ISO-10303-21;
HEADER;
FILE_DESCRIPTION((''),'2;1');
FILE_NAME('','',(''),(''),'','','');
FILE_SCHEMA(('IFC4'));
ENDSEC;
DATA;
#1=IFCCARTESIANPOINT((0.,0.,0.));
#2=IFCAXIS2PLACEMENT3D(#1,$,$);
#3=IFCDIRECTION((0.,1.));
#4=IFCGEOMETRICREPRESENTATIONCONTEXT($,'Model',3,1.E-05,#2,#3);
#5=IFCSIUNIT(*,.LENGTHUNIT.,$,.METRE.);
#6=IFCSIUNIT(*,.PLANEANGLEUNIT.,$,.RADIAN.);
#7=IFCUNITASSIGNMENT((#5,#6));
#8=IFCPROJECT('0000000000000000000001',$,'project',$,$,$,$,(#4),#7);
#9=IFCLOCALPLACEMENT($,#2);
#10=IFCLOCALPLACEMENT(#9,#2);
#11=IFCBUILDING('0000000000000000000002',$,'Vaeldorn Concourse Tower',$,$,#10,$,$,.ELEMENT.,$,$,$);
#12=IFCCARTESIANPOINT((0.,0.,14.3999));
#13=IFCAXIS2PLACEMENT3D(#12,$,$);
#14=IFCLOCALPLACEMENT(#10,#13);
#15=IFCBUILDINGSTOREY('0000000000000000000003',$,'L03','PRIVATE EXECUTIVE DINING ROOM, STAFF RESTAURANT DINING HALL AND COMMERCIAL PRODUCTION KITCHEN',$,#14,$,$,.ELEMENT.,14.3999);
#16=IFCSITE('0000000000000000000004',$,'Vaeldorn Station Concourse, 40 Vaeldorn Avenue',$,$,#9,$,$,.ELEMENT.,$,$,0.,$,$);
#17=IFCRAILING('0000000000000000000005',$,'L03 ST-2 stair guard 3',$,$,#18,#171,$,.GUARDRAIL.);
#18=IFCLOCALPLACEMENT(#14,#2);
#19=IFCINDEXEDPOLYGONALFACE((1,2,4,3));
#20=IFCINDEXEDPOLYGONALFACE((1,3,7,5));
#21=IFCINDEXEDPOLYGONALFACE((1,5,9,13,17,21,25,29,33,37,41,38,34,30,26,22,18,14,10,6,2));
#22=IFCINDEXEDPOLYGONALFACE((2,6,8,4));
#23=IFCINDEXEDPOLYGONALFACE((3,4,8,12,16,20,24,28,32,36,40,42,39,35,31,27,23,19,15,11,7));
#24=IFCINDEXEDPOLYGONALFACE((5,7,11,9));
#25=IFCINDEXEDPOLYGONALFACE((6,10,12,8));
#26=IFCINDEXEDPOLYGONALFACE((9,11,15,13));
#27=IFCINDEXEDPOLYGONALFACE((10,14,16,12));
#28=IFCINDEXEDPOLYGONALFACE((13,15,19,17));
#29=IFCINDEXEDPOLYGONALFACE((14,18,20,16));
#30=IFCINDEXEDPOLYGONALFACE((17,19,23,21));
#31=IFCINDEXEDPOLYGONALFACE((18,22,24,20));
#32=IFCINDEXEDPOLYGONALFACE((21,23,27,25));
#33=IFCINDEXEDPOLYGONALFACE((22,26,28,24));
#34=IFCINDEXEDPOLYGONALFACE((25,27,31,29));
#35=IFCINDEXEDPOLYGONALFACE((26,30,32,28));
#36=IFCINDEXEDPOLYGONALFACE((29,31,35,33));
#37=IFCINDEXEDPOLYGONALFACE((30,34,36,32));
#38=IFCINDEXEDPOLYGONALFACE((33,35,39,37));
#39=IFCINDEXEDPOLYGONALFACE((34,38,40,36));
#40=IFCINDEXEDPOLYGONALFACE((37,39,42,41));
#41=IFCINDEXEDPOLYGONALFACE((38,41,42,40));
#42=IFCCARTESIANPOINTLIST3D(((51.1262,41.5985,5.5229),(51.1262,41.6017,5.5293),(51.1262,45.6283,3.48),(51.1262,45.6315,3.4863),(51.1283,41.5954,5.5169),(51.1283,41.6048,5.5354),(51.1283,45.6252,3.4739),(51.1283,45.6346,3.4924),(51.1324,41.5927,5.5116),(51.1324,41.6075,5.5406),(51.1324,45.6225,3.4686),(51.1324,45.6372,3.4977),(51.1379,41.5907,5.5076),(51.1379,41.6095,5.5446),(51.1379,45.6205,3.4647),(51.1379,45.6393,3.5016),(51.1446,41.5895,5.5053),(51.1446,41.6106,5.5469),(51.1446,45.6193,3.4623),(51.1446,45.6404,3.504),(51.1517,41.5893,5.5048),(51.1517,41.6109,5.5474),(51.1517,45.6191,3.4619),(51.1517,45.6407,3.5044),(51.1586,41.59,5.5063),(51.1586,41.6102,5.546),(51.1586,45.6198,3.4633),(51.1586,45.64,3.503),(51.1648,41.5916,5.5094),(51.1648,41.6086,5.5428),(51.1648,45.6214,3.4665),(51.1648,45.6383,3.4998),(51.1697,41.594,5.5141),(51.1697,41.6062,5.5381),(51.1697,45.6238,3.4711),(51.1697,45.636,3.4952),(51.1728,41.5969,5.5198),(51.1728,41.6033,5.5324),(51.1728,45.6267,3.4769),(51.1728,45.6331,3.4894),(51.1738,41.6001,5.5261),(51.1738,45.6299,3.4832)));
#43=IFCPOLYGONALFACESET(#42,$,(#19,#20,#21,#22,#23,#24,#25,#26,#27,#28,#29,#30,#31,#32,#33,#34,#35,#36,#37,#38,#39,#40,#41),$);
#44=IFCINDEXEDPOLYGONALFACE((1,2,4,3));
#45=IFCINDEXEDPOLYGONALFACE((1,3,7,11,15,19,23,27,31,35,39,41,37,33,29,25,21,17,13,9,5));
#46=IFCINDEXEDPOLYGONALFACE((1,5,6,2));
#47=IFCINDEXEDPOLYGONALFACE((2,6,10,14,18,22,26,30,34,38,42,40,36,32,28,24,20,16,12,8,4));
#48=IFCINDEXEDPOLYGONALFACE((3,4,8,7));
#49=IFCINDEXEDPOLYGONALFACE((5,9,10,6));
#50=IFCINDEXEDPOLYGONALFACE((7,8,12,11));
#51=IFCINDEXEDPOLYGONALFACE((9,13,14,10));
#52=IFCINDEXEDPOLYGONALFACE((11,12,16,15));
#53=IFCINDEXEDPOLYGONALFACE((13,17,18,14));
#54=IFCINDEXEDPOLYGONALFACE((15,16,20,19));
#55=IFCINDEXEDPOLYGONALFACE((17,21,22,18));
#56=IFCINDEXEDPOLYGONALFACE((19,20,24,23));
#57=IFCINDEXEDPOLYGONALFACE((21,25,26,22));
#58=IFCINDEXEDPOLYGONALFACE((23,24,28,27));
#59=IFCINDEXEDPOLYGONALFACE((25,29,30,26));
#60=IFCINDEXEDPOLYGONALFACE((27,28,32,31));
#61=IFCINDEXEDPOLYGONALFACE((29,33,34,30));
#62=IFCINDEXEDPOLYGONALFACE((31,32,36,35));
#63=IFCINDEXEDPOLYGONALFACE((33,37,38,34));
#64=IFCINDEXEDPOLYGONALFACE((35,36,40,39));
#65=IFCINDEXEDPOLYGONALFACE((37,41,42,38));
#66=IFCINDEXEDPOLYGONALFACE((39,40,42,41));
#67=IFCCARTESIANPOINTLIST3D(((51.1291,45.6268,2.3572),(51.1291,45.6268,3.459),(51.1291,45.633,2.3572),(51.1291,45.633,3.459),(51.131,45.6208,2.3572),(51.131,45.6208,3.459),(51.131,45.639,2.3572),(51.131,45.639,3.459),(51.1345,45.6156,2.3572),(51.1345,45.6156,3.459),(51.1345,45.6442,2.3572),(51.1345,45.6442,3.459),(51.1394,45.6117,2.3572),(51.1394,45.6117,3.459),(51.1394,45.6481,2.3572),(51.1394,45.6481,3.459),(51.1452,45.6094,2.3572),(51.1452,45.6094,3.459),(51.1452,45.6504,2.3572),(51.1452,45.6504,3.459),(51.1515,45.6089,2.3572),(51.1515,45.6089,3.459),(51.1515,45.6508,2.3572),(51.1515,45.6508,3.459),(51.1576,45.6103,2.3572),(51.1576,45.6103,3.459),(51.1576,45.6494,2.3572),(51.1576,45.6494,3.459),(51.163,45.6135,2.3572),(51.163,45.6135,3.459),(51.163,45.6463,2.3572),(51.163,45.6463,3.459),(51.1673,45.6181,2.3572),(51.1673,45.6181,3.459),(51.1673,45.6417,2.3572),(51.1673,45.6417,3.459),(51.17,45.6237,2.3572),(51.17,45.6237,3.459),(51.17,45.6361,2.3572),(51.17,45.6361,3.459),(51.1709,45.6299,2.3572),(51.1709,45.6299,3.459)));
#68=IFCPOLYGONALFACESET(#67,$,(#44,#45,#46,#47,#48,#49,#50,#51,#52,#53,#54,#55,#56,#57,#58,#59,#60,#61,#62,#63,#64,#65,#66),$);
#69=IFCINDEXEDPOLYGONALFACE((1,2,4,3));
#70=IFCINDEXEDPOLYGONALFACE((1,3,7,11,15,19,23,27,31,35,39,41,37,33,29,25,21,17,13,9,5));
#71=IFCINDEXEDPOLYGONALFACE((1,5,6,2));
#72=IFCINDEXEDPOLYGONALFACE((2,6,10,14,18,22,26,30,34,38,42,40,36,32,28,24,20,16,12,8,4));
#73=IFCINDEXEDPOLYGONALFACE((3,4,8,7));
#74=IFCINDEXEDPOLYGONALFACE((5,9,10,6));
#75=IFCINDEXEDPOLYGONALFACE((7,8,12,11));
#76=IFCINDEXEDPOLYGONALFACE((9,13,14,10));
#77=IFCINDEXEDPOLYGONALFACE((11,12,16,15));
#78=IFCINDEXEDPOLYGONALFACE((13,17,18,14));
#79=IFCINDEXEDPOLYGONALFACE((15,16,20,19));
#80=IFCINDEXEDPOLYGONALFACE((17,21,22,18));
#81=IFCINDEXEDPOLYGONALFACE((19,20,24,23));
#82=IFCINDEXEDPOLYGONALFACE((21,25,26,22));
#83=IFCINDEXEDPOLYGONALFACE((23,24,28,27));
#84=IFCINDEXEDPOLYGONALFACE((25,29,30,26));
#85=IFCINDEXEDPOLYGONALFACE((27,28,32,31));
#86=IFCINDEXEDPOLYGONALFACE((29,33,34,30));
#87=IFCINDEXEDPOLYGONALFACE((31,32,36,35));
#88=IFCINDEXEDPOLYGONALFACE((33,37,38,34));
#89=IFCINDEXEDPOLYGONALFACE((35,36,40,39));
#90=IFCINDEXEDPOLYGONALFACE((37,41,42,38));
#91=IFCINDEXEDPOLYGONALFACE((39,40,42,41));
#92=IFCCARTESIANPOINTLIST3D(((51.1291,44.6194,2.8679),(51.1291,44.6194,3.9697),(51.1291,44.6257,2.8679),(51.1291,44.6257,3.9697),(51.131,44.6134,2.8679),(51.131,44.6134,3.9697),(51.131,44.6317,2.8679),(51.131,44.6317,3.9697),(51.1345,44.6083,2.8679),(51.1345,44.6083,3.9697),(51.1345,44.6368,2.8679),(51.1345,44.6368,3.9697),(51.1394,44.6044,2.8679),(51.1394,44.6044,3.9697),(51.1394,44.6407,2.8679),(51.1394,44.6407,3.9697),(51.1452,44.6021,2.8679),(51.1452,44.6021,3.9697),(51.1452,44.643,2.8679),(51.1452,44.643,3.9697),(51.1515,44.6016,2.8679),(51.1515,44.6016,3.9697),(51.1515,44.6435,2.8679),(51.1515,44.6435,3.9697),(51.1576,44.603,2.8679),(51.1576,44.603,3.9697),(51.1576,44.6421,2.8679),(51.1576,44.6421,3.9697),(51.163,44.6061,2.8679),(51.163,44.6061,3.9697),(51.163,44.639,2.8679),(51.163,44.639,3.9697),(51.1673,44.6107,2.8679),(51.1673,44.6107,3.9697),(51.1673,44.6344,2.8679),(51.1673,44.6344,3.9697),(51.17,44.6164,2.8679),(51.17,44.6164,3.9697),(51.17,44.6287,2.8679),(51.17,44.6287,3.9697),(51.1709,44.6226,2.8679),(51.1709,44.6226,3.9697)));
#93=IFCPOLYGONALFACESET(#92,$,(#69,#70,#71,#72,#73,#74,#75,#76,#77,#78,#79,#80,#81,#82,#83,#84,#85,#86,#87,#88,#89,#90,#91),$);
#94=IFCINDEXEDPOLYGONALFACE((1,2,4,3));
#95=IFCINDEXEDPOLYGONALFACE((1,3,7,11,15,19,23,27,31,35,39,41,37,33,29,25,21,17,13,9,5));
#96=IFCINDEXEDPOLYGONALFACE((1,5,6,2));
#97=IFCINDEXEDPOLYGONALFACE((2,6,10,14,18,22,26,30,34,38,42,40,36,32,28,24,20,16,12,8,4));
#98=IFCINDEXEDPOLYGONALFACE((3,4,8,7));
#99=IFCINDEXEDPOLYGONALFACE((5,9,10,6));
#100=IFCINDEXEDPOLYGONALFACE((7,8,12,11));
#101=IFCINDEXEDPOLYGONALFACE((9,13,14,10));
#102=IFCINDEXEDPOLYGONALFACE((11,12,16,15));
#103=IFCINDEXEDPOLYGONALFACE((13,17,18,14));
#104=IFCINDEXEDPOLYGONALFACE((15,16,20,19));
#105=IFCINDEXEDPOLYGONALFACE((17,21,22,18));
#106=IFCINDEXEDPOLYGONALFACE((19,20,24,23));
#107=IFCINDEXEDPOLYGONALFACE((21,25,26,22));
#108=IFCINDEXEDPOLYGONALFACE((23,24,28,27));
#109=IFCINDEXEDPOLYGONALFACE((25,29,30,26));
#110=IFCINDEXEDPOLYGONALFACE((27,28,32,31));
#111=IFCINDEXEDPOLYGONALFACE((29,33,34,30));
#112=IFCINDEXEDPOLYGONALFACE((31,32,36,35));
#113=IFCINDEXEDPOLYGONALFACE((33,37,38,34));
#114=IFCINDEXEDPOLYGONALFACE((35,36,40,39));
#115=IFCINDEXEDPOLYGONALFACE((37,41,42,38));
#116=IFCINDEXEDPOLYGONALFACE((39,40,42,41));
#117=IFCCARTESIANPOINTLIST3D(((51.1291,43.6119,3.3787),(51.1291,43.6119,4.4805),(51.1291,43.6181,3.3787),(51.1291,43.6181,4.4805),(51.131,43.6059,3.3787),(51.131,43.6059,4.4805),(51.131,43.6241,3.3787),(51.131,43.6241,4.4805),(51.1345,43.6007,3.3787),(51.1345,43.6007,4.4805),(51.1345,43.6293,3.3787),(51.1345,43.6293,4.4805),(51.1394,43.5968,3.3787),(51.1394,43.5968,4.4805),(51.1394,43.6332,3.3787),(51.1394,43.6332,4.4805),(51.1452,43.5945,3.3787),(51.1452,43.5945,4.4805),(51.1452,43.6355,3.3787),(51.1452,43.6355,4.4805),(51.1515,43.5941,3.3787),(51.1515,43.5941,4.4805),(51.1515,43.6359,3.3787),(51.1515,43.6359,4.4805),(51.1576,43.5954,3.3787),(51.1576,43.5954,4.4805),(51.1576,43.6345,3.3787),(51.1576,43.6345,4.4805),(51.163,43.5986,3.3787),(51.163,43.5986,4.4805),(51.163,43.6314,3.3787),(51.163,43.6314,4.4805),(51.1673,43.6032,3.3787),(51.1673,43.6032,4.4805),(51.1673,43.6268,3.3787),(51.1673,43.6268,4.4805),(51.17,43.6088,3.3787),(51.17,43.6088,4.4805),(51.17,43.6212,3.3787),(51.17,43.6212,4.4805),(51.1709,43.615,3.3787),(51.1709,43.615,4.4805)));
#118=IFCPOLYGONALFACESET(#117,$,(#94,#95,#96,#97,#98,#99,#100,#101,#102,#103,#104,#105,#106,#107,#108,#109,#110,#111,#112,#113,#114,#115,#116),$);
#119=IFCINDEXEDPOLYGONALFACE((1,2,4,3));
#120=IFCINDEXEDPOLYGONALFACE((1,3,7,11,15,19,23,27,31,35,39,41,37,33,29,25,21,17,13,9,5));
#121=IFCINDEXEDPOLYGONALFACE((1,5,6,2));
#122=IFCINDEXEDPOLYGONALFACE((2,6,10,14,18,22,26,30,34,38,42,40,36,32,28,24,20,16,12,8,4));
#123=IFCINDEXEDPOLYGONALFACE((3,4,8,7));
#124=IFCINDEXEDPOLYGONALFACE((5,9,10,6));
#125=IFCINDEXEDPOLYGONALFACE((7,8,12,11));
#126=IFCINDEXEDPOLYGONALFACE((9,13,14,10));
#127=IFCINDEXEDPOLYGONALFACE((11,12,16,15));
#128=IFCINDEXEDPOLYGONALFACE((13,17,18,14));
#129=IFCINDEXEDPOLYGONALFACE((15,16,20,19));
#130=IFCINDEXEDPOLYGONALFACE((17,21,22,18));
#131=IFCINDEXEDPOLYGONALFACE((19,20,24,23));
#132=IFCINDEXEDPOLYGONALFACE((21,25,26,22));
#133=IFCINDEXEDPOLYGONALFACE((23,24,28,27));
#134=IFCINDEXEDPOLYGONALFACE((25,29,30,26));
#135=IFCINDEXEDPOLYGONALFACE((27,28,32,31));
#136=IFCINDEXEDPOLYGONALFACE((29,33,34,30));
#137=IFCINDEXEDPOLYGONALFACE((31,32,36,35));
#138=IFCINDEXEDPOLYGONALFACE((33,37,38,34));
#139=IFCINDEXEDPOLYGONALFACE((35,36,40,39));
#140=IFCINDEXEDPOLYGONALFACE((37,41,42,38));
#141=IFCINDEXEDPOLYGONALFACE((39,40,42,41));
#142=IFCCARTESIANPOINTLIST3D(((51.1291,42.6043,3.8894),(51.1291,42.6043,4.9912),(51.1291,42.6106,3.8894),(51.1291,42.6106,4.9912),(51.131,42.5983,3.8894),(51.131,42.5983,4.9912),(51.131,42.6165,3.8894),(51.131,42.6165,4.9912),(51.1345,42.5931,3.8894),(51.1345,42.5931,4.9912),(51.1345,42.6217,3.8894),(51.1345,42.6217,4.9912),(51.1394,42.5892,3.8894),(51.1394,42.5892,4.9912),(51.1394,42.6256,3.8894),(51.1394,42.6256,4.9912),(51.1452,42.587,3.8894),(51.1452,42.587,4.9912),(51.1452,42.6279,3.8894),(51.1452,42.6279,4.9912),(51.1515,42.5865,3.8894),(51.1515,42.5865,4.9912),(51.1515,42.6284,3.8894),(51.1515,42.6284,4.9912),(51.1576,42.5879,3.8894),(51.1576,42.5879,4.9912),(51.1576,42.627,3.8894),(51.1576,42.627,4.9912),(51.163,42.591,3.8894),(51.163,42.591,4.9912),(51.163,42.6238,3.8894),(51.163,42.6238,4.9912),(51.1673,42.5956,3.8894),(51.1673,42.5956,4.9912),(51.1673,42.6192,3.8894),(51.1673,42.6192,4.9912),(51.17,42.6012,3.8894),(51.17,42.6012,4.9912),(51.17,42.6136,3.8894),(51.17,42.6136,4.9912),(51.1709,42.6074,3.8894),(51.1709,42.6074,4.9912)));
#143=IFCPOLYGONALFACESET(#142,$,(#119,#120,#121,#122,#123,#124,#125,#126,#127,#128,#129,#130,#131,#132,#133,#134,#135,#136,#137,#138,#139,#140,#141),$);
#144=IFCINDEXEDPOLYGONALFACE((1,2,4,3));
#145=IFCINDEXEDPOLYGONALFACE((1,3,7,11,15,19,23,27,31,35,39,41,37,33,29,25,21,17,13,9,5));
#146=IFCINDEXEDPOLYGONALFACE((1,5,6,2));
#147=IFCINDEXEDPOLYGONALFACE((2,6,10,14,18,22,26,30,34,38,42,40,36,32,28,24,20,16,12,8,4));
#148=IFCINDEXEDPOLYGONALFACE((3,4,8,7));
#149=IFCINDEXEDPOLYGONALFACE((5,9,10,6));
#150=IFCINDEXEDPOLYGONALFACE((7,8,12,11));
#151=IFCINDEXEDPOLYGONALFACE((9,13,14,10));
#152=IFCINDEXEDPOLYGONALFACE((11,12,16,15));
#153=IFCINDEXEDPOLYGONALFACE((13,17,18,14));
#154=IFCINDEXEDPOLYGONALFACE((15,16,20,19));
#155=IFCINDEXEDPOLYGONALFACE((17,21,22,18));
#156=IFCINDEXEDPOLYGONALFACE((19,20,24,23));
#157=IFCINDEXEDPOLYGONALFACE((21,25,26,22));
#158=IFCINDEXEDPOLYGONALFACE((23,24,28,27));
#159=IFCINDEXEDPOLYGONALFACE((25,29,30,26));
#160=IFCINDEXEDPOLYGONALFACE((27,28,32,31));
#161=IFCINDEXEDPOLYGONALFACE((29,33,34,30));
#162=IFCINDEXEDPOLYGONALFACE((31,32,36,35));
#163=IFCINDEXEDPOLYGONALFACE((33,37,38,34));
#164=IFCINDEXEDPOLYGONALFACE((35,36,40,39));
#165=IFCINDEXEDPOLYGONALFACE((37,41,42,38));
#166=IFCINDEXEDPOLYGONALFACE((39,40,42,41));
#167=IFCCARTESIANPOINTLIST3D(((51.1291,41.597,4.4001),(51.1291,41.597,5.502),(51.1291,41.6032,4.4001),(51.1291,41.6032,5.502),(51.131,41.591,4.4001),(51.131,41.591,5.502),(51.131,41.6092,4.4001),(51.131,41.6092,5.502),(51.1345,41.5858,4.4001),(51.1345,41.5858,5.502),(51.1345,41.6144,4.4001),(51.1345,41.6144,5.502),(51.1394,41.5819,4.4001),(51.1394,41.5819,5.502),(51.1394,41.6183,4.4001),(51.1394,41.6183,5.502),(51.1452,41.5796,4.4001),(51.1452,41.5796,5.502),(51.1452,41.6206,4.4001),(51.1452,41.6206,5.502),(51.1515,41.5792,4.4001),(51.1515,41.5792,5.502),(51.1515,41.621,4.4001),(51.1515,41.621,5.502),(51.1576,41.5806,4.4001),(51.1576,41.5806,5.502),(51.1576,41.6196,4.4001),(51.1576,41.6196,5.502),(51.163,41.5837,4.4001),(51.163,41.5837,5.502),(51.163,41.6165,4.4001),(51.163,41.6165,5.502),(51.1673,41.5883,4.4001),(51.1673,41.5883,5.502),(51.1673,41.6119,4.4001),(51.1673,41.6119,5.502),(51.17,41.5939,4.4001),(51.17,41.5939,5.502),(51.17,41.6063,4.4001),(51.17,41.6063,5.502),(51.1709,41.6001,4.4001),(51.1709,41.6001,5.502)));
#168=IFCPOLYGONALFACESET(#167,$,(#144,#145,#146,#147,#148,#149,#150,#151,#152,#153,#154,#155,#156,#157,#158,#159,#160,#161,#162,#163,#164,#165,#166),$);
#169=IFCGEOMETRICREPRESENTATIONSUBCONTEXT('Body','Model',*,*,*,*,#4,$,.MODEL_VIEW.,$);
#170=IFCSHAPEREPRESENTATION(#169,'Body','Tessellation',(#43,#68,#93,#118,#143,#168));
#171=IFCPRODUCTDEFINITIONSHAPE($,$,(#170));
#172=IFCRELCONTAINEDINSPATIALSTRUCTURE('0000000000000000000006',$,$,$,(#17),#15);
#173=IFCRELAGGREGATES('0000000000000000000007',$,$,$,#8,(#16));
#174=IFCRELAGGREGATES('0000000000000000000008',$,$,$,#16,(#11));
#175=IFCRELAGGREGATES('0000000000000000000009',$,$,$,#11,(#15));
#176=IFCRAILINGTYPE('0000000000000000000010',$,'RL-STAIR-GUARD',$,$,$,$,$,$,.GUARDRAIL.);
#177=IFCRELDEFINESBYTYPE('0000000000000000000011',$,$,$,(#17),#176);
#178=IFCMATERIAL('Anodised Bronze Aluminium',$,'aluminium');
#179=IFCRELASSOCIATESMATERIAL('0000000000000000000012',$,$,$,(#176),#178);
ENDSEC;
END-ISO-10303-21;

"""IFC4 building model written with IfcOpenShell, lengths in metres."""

from ifc_helpers import new_model, si_unit, direction, frame, origin, origin_2d, place, context, subcontext, project, spatial, circle, extrude, material, type_object, element, save


model = new_model("IFC4")

# Units and contexts
model_context = context("Model", 3, precision=1e-05, world=origin(), true_north=direction((0.0, 1.0)))
body_context = subcontext(model_context, "Body", "Model", "MODEL_VIEW")
ifc_project = project(units=[si_unit("LENGTHUNIT", "METRE"), si_unit("PLANEANGLEUNIT", "RADIAN")], contexts=[model_context])

# Site, building, storey
site_placement = place(None, origin())
site = spatial("IfcSite", under=ifc_project, at=site_placement, Name="Vaeldorn Station Concourse, 40 Vaeldorn Avenue", CompositionType="ELEMENT", RefElevation=0.0)
building_placement = place(site_placement, origin())
building = spatial("IfcBuilding", under=site, at=building_placement, Name="Vaeldorn Concourse Tower", CompositionType="ELEMENT")
storey_placement = place(building_placement, frame((0.0, 0.0, 14.3999)))
storey = spatial("IfcBuildingStorey", under=building, at=storey_placement, Name="L03", Description="PRIVATE EXECUTIVE DINING ROOM, STAFF RESTAURANT DINING HALL AND COMMERCIAL PRODUCTION KITCHEN", CompositionType="ELEMENT", Elevation=14.3999)

# Shared definitions
ifc_material_1 = material(Name="Anodised Bronze Aluminium", Category="aluminium")

# Railing
railing_type_1 = type_object("IfcRailingType", Name="RL-STAIR-GUARD", PredefinedType="GUARDRAIL", material=ifc_material_1)
railing_1_placement = place(storey_placement, frame((51.1499, 45.6299, 2.3572)))
element("IfcRailing", 1, at=railing_1_placement, inside=storey, type_object=railing_type_1, Name="L03 ST-2 stair guard 3", PredefinedType="GUARDRAIL", context=body_context, shape_type="SweptSolid", body=[
    extrude(circle(Radius=0.0239, at=origin_2d()), frame((0.0, 0.0, 1.126), z_axis=(0.0, -0.891928, 0.452178), x_axis=(1.0, 0.0, 0.0)), (0.0, 0.0, 1.0), 4.5181),
    extrude(circle(Radius=0.021, at=origin_2d()), origin(), (0.0, 0.0, 1.0), 1.1018),
    extrude(circle(Radius=0.021, at=origin_2d()), frame((0.0, -1.0073, 0.5107)), (0.0, 0.0, 1.0), 1.1018),
    extrude(circle(Radius=0.021, at=origin_2d()), frame((0.0, -2.0149, 1.0215)), (0.0, 0.0, 1.0), 1.1018),
    extrude(circle(Radius=0.021, at=origin_2d()), frame((0.0, -3.0225, 1.5322)), (0.0, 0.0, 1.0), 1.1018),
    extrude(circle(Radius=0.021, at=origin_2d()), frame((0.0, -4.0298, 2.043)), (0.0, 0.0, 1.0), 1.1018),
])

save(model, "model.ifc")
